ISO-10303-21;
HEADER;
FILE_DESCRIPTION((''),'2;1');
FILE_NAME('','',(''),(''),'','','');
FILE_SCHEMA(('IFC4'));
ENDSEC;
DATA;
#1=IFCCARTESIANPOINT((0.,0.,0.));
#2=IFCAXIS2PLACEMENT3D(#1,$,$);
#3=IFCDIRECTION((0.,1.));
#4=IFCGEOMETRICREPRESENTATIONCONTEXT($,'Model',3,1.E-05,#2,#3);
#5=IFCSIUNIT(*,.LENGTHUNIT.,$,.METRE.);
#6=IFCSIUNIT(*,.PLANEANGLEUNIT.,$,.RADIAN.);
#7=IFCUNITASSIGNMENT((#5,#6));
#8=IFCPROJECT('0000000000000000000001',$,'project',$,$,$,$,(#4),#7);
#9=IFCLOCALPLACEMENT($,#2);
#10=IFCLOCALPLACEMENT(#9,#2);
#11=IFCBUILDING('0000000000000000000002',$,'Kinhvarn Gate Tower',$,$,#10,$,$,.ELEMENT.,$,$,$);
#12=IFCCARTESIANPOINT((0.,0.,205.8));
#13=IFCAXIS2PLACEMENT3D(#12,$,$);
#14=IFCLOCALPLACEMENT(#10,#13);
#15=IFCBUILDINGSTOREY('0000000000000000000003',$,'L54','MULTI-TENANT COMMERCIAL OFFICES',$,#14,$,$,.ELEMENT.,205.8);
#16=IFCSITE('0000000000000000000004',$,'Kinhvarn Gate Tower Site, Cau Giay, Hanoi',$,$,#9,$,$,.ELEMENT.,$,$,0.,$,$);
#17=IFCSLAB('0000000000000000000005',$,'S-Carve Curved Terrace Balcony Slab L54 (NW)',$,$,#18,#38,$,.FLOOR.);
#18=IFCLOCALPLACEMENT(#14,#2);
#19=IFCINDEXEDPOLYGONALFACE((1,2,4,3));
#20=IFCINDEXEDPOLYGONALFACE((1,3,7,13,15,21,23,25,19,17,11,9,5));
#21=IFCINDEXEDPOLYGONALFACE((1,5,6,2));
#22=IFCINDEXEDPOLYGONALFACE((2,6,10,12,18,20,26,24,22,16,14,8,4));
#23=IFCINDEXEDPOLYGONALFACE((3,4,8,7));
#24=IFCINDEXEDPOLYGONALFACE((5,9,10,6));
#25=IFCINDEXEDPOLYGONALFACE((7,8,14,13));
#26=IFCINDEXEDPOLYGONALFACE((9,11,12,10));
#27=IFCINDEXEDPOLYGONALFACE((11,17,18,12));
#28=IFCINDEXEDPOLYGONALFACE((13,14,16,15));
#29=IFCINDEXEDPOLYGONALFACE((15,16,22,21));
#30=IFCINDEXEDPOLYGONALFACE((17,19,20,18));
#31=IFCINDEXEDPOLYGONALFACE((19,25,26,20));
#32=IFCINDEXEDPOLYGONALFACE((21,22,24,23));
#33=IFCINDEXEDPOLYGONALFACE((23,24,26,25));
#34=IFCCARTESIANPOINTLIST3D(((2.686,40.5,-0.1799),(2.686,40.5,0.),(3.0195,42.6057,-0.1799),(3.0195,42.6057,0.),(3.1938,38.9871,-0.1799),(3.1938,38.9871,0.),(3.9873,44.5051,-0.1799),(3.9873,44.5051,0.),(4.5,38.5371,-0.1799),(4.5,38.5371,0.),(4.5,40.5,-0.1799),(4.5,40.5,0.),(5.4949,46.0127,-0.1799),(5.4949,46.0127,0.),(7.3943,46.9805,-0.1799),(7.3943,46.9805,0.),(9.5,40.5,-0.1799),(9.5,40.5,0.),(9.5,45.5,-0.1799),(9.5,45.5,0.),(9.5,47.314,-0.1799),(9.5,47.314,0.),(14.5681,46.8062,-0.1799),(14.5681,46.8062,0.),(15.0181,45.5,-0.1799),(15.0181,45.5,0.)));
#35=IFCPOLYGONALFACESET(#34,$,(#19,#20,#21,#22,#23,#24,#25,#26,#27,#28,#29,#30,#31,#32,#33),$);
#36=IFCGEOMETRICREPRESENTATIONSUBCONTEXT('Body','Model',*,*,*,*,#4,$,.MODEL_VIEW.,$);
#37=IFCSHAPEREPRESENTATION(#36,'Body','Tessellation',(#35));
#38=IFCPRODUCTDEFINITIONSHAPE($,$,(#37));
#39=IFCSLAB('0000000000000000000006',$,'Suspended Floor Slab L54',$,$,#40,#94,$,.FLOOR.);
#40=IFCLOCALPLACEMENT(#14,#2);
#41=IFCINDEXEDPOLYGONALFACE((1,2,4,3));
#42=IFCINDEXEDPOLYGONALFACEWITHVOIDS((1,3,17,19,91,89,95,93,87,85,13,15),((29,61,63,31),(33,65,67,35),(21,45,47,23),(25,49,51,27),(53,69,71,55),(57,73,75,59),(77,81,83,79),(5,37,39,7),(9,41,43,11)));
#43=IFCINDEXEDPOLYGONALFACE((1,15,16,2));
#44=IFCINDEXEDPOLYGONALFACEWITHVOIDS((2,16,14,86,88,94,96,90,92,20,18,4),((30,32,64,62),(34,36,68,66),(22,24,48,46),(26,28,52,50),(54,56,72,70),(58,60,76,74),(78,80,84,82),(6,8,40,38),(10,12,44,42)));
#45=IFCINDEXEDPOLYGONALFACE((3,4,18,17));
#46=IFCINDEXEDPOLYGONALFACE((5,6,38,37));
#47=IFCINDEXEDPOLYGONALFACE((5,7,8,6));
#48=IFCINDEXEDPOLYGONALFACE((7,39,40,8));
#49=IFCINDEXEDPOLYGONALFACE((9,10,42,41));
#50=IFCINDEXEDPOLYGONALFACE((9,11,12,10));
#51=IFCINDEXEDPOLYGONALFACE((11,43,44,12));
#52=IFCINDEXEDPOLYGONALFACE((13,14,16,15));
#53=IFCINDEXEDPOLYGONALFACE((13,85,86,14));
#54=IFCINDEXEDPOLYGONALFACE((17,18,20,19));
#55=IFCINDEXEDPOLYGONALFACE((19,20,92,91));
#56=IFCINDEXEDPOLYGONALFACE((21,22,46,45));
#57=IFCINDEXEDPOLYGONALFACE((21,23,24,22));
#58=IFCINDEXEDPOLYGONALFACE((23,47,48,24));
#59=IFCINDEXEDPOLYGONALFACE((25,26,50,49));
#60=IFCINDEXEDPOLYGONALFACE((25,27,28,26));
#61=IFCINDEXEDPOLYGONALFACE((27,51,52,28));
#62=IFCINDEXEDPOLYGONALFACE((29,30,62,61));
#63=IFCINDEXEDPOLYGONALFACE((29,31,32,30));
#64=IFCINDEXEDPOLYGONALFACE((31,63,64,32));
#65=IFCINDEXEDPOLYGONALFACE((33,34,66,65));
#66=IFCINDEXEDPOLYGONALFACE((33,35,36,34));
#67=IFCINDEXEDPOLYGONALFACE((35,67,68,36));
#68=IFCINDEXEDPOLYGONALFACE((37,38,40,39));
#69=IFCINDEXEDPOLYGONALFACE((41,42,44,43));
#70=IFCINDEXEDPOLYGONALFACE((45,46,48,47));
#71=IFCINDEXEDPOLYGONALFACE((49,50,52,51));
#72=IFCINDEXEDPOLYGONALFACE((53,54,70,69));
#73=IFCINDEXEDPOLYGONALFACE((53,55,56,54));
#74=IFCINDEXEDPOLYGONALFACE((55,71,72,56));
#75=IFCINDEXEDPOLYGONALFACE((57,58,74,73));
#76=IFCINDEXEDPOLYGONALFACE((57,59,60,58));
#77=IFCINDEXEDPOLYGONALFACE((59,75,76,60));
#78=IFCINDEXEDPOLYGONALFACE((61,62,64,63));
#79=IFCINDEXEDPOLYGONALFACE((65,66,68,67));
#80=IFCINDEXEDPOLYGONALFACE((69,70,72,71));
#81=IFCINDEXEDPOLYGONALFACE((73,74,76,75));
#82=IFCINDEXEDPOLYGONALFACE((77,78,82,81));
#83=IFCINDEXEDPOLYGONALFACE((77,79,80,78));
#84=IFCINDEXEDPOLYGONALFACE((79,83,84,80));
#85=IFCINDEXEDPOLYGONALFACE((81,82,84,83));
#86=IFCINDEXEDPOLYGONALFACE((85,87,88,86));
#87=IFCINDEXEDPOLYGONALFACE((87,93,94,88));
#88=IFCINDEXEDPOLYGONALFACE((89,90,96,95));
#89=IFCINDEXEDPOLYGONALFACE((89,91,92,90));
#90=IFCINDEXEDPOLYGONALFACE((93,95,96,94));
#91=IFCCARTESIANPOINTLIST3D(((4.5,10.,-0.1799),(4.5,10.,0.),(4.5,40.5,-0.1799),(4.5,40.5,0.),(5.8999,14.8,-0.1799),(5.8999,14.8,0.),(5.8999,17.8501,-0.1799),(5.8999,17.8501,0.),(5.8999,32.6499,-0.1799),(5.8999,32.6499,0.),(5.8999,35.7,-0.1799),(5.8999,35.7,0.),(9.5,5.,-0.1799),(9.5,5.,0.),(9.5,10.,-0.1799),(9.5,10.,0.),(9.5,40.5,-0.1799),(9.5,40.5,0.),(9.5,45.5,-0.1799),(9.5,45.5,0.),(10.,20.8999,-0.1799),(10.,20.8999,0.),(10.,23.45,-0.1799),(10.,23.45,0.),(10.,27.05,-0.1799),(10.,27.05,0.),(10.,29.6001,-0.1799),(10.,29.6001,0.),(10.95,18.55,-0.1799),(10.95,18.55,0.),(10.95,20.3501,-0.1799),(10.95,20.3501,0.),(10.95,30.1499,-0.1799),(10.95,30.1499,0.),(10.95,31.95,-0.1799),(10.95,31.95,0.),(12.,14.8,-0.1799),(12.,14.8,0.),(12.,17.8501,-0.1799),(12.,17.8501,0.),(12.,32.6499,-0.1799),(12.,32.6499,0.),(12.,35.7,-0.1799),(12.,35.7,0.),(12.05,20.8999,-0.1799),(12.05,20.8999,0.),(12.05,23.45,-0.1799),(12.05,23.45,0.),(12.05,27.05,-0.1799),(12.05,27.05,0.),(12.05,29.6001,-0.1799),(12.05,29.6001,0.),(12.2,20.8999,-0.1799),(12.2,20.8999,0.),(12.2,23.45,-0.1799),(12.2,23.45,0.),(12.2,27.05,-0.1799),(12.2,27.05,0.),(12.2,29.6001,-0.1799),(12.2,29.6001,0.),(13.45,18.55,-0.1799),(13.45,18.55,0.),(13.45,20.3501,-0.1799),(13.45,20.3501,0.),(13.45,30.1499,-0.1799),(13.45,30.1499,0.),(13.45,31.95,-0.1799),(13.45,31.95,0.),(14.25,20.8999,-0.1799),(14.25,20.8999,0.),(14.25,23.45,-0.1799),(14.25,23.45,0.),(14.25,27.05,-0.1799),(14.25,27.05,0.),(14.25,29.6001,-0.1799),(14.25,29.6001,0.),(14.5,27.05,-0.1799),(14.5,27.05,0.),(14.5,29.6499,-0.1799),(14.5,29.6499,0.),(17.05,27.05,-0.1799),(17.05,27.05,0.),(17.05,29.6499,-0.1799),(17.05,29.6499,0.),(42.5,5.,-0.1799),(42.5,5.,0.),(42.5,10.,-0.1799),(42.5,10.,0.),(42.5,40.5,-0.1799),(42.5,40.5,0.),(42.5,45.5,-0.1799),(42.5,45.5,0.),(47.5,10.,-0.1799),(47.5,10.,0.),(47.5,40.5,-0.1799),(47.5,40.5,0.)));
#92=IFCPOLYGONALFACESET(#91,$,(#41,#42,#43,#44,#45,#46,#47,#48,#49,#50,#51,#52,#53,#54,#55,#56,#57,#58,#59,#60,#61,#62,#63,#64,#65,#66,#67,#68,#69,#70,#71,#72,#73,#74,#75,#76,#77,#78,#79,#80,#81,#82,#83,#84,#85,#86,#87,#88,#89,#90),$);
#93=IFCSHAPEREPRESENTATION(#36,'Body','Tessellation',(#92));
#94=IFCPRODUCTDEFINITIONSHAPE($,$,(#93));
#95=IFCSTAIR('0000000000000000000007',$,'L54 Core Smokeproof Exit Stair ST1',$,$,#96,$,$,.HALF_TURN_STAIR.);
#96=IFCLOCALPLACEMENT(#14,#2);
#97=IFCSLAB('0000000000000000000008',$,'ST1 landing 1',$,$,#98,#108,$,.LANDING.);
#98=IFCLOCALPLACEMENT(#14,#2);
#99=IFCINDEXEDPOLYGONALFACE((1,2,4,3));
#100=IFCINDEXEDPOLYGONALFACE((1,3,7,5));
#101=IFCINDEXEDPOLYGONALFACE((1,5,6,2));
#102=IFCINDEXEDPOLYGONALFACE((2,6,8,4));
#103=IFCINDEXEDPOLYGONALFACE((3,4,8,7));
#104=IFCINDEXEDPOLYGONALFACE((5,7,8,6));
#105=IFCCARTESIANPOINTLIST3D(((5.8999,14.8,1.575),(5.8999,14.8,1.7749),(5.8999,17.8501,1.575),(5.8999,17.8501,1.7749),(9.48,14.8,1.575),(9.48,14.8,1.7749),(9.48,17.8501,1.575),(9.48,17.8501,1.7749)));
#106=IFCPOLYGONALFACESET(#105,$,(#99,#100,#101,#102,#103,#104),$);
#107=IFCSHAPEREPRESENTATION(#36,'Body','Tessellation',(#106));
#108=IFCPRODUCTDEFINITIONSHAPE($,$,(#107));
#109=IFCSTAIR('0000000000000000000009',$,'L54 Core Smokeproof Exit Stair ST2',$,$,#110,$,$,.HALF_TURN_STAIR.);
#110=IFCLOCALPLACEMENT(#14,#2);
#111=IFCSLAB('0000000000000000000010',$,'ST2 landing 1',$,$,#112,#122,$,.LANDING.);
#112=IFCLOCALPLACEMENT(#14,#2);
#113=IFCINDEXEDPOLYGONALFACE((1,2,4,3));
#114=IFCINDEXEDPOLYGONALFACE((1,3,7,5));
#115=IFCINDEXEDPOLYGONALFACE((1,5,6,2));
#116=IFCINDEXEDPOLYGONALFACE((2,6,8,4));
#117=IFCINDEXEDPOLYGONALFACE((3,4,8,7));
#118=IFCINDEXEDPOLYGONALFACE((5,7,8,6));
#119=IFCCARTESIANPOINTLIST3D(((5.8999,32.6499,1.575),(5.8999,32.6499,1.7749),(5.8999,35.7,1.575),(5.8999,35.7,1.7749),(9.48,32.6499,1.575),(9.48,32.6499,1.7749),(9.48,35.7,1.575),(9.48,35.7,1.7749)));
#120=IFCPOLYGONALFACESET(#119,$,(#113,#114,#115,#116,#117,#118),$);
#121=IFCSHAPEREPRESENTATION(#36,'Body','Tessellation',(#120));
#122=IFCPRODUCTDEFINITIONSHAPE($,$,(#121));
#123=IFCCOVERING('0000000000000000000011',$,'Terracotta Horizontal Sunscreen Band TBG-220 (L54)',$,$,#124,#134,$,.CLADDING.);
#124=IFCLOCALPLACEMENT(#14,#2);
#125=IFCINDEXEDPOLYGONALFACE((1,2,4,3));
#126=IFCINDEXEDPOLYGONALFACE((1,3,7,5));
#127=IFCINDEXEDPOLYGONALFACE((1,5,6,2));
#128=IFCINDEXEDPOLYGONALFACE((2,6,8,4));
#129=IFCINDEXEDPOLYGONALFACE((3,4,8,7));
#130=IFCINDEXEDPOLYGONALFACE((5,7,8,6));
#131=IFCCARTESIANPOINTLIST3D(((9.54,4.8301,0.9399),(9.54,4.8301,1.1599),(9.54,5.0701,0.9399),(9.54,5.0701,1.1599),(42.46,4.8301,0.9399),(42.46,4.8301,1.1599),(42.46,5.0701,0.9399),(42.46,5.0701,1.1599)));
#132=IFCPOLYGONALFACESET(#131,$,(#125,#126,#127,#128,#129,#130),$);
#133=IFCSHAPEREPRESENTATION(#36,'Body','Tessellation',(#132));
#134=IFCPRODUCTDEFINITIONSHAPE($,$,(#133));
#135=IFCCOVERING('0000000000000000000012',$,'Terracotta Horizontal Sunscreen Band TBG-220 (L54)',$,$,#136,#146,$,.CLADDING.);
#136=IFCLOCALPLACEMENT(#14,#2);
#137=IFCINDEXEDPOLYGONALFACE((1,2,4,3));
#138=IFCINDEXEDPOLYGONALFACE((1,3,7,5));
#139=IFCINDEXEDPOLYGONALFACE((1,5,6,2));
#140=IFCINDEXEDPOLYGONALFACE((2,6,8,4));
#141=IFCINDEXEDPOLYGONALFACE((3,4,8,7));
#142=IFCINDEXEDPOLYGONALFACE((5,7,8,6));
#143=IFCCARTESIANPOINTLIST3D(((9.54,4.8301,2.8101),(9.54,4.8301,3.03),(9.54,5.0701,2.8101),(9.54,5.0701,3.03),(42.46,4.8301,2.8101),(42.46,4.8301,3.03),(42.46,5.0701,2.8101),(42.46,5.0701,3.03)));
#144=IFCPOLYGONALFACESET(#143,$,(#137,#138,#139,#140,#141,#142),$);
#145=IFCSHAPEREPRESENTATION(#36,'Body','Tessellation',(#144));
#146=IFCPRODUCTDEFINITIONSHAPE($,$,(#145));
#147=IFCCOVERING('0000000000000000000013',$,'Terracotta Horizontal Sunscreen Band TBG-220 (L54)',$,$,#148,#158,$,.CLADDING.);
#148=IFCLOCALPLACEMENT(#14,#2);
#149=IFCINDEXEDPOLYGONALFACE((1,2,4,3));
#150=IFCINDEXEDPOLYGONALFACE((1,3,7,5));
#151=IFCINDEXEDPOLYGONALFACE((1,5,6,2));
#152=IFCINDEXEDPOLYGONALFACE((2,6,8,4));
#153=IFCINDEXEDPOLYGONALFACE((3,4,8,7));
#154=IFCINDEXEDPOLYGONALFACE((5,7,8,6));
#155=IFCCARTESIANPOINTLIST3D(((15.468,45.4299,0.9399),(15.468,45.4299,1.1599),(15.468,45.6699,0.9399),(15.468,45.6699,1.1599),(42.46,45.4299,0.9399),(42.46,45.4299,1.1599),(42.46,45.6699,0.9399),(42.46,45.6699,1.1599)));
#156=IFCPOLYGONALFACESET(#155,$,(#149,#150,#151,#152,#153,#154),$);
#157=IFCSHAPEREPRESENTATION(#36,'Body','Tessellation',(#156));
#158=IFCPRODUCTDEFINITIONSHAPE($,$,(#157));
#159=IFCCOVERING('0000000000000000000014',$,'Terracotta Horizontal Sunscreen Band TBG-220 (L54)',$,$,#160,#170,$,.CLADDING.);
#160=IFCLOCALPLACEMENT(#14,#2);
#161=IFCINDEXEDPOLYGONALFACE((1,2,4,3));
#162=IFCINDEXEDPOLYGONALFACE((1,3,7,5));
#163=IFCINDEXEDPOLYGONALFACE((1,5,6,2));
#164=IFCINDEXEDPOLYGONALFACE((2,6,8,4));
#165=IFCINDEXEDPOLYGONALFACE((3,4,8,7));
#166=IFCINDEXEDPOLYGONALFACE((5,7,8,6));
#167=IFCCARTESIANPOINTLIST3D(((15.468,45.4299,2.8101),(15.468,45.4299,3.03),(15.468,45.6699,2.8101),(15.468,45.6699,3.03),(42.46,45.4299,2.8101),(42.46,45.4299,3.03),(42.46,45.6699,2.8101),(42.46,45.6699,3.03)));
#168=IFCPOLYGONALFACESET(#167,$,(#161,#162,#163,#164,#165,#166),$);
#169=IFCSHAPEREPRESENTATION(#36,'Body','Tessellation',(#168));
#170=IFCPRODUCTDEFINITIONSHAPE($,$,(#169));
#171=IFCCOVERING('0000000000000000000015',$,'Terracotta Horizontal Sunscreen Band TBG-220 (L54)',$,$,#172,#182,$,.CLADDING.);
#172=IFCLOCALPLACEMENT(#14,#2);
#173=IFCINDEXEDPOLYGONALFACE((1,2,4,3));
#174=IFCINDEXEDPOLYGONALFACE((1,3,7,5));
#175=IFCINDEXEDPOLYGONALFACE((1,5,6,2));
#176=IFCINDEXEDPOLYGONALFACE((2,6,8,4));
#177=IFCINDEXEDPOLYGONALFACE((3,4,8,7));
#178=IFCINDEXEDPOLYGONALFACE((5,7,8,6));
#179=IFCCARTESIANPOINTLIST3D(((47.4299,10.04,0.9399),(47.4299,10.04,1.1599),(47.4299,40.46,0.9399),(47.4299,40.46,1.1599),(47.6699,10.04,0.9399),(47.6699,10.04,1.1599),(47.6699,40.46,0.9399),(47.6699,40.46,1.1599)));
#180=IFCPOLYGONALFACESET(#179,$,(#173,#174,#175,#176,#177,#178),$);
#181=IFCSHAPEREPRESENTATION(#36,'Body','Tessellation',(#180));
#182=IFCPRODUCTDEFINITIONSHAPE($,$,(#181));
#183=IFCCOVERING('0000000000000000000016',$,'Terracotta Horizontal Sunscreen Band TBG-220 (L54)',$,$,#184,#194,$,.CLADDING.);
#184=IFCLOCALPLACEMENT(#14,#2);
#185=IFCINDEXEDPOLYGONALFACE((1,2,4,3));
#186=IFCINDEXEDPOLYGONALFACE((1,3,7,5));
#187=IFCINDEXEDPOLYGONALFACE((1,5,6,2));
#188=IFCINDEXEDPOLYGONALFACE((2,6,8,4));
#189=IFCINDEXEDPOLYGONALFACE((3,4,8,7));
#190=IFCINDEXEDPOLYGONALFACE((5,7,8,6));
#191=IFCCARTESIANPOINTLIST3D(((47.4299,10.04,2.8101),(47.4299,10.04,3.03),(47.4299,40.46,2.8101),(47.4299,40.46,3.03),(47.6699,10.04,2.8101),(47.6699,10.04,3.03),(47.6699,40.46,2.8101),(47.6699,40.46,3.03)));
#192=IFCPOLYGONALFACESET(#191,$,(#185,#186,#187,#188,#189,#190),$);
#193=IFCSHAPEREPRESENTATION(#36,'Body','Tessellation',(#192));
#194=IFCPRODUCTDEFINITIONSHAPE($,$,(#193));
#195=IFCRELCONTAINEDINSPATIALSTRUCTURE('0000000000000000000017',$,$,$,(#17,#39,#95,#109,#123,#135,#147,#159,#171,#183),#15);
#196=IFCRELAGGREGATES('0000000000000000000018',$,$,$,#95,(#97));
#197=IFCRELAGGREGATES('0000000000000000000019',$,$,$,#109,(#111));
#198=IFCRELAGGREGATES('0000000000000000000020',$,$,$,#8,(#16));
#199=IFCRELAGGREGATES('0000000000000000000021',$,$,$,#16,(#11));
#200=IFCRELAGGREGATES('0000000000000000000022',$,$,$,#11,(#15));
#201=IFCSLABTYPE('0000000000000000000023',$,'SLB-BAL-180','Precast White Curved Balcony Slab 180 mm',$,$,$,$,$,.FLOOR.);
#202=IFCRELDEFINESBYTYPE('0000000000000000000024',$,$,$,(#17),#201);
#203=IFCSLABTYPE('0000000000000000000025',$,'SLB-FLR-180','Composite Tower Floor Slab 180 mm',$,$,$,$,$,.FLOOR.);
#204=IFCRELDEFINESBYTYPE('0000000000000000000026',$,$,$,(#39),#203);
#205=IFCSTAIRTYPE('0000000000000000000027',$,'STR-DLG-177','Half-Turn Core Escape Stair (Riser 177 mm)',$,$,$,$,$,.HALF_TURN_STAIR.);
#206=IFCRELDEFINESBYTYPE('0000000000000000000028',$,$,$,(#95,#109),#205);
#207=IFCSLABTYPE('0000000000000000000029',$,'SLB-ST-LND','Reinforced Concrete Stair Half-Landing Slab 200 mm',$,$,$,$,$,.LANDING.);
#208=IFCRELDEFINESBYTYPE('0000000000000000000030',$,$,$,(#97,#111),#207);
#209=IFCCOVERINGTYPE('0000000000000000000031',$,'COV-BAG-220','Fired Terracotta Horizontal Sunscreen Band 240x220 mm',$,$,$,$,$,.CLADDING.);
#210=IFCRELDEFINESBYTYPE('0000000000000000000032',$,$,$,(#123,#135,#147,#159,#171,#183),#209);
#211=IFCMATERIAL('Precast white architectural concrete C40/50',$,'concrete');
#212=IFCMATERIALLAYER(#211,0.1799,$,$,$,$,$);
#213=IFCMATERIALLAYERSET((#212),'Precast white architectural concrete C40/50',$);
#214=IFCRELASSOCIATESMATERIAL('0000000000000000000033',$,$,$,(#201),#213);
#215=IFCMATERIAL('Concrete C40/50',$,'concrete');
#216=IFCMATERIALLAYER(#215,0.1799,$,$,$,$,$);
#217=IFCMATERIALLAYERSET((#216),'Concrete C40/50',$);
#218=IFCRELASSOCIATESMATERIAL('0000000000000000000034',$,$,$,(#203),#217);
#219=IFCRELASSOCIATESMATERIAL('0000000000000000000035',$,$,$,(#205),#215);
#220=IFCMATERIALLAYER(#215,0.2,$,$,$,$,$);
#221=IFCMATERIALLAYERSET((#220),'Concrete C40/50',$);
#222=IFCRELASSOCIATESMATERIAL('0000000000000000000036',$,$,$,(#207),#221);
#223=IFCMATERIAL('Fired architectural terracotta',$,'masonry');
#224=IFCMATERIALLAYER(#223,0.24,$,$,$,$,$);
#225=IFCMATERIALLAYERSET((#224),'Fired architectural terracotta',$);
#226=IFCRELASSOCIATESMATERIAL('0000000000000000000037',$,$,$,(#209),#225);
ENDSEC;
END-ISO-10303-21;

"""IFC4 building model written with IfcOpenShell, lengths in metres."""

from ifc_helpers import new_model, si_unit, direction, frame, origin, place, context, subcontext, project, spatial, polyline, outline, extrude, material, layer, layer_set, type_object, element, aggregate, save


model = new_model("IFC4")

# Units and contexts
model_context = context("Model", 3, precision=1e-05, world=origin(), true_north=direction((0.0, 1.0)))
body_context = subcontext(model_context, "Body", "Model", "MODEL_VIEW")
ifc_project = project(units=[si_unit("LENGTHUNIT", "METRE"), si_unit("PLANEANGLEUNIT", "RADIAN")], contexts=[model_context])

# Site, building, storey
site_placement = place(None, origin())
site = spatial("IfcSite", under=ifc_project, at=site_placement, Name="Kinhvarn Gate Tower Site, Cau Giay, Hanoi", CompositionType="ELEMENT", RefElevation=0.0)
building_placement = place(site_placement, origin())
building = spatial("IfcBuilding", under=site, at=building_placement, Name="Kinhvarn Gate Tower", CompositionType="ELEMENT")
storey_placement = place(building_placement, frame((0.0, 0.0, 205.8)))
storey = spatial("IfcBuildingStorey", under=building, at=storey_placement, Name="L54", Description="MULTI-TENANT COMMERCIAL OFFICES", CompositionType="ELEMENT", Elevation=205.8)

# Slabs
ifc_material_1 = material(Name="Precast white architectural concrete C40/50", Category="concrete")
ifc_layer_1 = layer(ifc_material_1, 0.1799)
ifc_layer_set_1 = layer_set([ifc_layer_1], Name="Precast white architectural concrete C40/50")
slab_type_1 = type_object("IfcSlabType", Name="SLB-BAL-180", Description="Precast White Curved Balcony Slab 180 mm", PredefinedType="FLOOR", material=ifc_layer_set_1)
slab_1_placement = place(storey_placement, frame((0.0, 0.0, -0.1799)))
element("IfcSlab", 1, at=slab_1_placement, inside=storey, type_object=slab_type_1, Name="S-Carve Curved Terrace Balcony Slab L54 (NW)", PredefinedType="FLOOR", context=body_context, shape_type="SweptSolid", body=[
    extrude(outline(polyline([(15.0181, 45.5), (14.5681, 46.8062), (9.5, 47.314), (7.3943, 46.9805), (5.4949, 46.0127), (3.9873, 44.5051), (3.0195, 42.6057), (2.686, 40.5), (3.1938, 38.9871), (4.5, 38.5371), (4.5, 40.5), (9.5, 40.5), (9.5, 45.5), (15.0181, 45.5)])), origin(), (0.0, 0.0, 1.0), 0.1799),
])
ifc_material_2 = material(Name="Concrete C40/50", Category="concrete")
ifc_layer_2 = layer(ifc_material_2, 0.1799)
ifc_layer_set_2 = layer_set([ifc_layer_2], Name="Concrete C40/50")
slab_type_2 = type_object("IfcSlabType", Name="SLB-FLR-180", Description="Composite Tower Floor Slab 180 mm", PredefinedType="FLOOR", material=ifc_layer_set_2)
slab_2_placement = place(storey_placement, frame((0.0, 0.0, -0.1799)))
element("IfcSlab", 2, at=slab_2_placement, inside=storey, type_object=slab_type_2, Name="Suspended Floor Slab L54", PredefinedType="FLOOR", context=body_context, shape_type="SweptSolid", body=[
    extrude(outline(polyline([(9.5, 5.0), (42.5, 5.0), (42.5, 10.0), (47.5, 10.0), (47.5, 40.5), (42.5, 40.5), (42.5, 45.5), (9.5, 45.5), (9.5, 40.5), (4.5, 40.5), (4.5, 10.0), (9.5, 10.0), (9.5, 5.0)]), holes=[polyline([(5.8999, 14.8), (12.0, 14.8), (12.0, 17.8501), (5.8999, 17.8501), (5.8999, 14.8)]), polyline([(5.8999, 32.6499), (12.0, 32.6499), (12.0, 35.7), (5.8999, 35.7), (5.8999, 32.6499)]), polyline([(10.0, 20.8999), (12.05, 20.8999), (12.05, 23.45), (10.0, 23.45), (10.0, 20.8999)]), polyline([(12.2, 20.8999), (14.25, 20.8999), (14.25, 23.45), (12.2, 23.45), (12.2, 20.8999)]), polyline([(10.0, 27.05), (12.05, 27.05), (12.05, 29.6001), (10.0, 29.6001), (10.0, 27.05)]), polyline([(12.2, 27.05), (14.25, 27.05), (14.25, 29.6001), (12.2, 29.6001), (12.2, 27.05)]), polyline([(14.5, 27.05), (17.05, 27.05), (17.05, 29.6499), (14.5, 29.6499), (14.5, 27.05)]), polyline([(10.95, 18.55), (13.45, 18.55), (13.45, 20.3501), (10.95, 20.3501), (10.95, 18.55)]), polyline([(10.95, 30.1499), (13.45, 30.1499), (13.45, 31.95), (10.95, 31.95), (10.95, 30.1499)])]), origin(), (0.0, 0.0, 1.0), 0.1799),
])

# Stairs, slabs
stair_type = type_object("IfcStairType", Name="STR-DLG-177", Description="Half-Turn Core Escape Stair (Riser 177 mm)", PredefinedType="HALF_TURN_STAIR", material=ifc_material_2)
stair_1_placement = place(storey_placement, origin())
stair_1 = element("IfcStair", 3, at=stair_1_placement, inside=storey, type_object=stair_type, Name="L54 Core Smokeproof Exit Stair ST1", PredefinedType="HALF_TURN_STAIR")
ifc_layer_3 = layer(ifc_material_2, 0.2)
ifc_layer_set_3 = layer_set([ifc_layer_3], Name="Concrete C40/50")
slab_type_3 = type_object("IfcSlabType", Name="SLB-ST-LND", Description="Reinforced Concrete Stair Half-Landing Slab 200 mm", PredefinedType="LANDING", material=ifc_layer_set_3)
slab_3_placement = place(storey_placement, frame((0.0, 0.0, 1.575)))
slab_3 = element("IfcSlab", 4, at=slab_3_placement, type_object=slab_type_3, Name="ST1 landing 1", PredefinedType="LANDING", context=body_context, shape_type="SweptSolid", body=[
    extrude(outline(polyline([(9.48, 17.8501), (5.8999, 17.8501), (5.8999, 14.8), (9.48, 14.8), (9.48, 17.8501)])), origin(), (0.0, 0.0, 1.0), 0.2),
])
aggregate(stair_1, [slab_3])
stair_2_placement = place(storey_placement, origin())
stair_2 = element("IfcStair", 5, at=stair_2_placement, inside=storey, type_object=stair_type, Name="L54 Core Smokeproof Exit Stair ST2", PredefinedType="HALF_TURN_STAIR")
slab_4_placement = place(storey_placement, frame((0.0, 0.0, 1.575)))
slab_4 = element("IfcSlab", 6, at=slab_4_placement, type_object=slab_type_3, Name="ST2 landing 1", PredefinedType="LANDING", context=body_context, shape_type="SweptSolid", body=[
    extrude(outline(polyline([(9.48, 35.7), (5.8999, 35.7), (5.8999, 32.6499), (9.48, 32.6499), (9.48, 35.7)])), origin(), (0.0, 0.0, 1.0), 0.2),
])
aggregate(stair_2, [slab_4])

# Coverings
ifc_material_3 = material(Name="Fired architectural terracotta", Category="masonry")
ifc_layer_4 = layer(ifc_material_3, 0.24)
ifc_layer_set_4 = layer_set([ifc_layer_4], Name="Fired architectural terracotta")
covering_type_1 = type_object("IfcCoveringType", Name="COV-BAG-220", Description="Fired Terracotta Horizontal Sunscreen Band 240x220 mm", PredefinedType="CLADDING", material=ifc_layer_set_4)
for number, where, name in (
    (7, (0.0, 0.0, 0.9399), "Terracotta Horizontal Sunscreen Band TBG-220 (L54)"),
    (8, (0.0, 0.0, 2.8101), "Terracotta Horizontal Sunscreen Band TBG-220 (L54)"),
):
    element("IfcCovering", number, at=place(storey_placement, frame(where)), inside=storey, type_object=covering_type_1, Name=name, PredefinedType="CLADDING", context=body_context, shape_type="SweptSolid", body=[
        extrude(outline(polyline([(9.54, 5.0701), (42.46, 5.0701), (42.46, 4.8301), (9.54, 4.8301), (9.54, 5.0701)])), origin(), (0.0, 0.0, 1.0), 0.22),
    ])
for number, where, name in (
    (9, (0.0, 0.0, 0.9399), "Terracotta Horizontal Sunscreen Band TBG-220 (L54)"),
    (10, (0.0, 0.0, 2.8101), "Terracotta Horizontal Sunscreen Band TBG-220 (L54)"),
):
    element("IfcCovering", number, at=place(storey_placement, frame(where)), inside=storey, type_object=covering_type_1, Name=name, PredefinedType="CLADDING", context=body_context, shape_type="SweptSolid", body=[
        extrude(outline(polyline([(42.46, 45.4299), (15.468, 45.4299), (15.468, 45.6699), (42.46, 45.6699), (42.46, 45.4299)])), origin(), (0.0, 0.0, 1.0), 0.22),
    ])
for number, where, name in (
    (11, (0.0, 0.0, 0.9399), "Terracotta Horizontal Sunscreen Band TBG-220 (L54)"),
    (12, (0.0, 0.0, 2.8101), "Terracotta Horizontal Sunscreen Band TBG-220 (L54)"),
):
    element("IfcCovering", number, at=place(storey_placement, frame(where)), inside=storey, type_object=covering_type_1, Name=name, PredefinedType="CLADDING", context=body_context, shape_type="SweptSolid", body=[
        extrude(outline(polyline([(47.4299, 10.04), (47.4299, 40.46), (47.6699, 40.46), (47.6699, 10.04), (47.4299, 10.04)])), origin(), (0.0, 0.0, 1.0), 0.22),
    ])

save(model, "model.ifc")
